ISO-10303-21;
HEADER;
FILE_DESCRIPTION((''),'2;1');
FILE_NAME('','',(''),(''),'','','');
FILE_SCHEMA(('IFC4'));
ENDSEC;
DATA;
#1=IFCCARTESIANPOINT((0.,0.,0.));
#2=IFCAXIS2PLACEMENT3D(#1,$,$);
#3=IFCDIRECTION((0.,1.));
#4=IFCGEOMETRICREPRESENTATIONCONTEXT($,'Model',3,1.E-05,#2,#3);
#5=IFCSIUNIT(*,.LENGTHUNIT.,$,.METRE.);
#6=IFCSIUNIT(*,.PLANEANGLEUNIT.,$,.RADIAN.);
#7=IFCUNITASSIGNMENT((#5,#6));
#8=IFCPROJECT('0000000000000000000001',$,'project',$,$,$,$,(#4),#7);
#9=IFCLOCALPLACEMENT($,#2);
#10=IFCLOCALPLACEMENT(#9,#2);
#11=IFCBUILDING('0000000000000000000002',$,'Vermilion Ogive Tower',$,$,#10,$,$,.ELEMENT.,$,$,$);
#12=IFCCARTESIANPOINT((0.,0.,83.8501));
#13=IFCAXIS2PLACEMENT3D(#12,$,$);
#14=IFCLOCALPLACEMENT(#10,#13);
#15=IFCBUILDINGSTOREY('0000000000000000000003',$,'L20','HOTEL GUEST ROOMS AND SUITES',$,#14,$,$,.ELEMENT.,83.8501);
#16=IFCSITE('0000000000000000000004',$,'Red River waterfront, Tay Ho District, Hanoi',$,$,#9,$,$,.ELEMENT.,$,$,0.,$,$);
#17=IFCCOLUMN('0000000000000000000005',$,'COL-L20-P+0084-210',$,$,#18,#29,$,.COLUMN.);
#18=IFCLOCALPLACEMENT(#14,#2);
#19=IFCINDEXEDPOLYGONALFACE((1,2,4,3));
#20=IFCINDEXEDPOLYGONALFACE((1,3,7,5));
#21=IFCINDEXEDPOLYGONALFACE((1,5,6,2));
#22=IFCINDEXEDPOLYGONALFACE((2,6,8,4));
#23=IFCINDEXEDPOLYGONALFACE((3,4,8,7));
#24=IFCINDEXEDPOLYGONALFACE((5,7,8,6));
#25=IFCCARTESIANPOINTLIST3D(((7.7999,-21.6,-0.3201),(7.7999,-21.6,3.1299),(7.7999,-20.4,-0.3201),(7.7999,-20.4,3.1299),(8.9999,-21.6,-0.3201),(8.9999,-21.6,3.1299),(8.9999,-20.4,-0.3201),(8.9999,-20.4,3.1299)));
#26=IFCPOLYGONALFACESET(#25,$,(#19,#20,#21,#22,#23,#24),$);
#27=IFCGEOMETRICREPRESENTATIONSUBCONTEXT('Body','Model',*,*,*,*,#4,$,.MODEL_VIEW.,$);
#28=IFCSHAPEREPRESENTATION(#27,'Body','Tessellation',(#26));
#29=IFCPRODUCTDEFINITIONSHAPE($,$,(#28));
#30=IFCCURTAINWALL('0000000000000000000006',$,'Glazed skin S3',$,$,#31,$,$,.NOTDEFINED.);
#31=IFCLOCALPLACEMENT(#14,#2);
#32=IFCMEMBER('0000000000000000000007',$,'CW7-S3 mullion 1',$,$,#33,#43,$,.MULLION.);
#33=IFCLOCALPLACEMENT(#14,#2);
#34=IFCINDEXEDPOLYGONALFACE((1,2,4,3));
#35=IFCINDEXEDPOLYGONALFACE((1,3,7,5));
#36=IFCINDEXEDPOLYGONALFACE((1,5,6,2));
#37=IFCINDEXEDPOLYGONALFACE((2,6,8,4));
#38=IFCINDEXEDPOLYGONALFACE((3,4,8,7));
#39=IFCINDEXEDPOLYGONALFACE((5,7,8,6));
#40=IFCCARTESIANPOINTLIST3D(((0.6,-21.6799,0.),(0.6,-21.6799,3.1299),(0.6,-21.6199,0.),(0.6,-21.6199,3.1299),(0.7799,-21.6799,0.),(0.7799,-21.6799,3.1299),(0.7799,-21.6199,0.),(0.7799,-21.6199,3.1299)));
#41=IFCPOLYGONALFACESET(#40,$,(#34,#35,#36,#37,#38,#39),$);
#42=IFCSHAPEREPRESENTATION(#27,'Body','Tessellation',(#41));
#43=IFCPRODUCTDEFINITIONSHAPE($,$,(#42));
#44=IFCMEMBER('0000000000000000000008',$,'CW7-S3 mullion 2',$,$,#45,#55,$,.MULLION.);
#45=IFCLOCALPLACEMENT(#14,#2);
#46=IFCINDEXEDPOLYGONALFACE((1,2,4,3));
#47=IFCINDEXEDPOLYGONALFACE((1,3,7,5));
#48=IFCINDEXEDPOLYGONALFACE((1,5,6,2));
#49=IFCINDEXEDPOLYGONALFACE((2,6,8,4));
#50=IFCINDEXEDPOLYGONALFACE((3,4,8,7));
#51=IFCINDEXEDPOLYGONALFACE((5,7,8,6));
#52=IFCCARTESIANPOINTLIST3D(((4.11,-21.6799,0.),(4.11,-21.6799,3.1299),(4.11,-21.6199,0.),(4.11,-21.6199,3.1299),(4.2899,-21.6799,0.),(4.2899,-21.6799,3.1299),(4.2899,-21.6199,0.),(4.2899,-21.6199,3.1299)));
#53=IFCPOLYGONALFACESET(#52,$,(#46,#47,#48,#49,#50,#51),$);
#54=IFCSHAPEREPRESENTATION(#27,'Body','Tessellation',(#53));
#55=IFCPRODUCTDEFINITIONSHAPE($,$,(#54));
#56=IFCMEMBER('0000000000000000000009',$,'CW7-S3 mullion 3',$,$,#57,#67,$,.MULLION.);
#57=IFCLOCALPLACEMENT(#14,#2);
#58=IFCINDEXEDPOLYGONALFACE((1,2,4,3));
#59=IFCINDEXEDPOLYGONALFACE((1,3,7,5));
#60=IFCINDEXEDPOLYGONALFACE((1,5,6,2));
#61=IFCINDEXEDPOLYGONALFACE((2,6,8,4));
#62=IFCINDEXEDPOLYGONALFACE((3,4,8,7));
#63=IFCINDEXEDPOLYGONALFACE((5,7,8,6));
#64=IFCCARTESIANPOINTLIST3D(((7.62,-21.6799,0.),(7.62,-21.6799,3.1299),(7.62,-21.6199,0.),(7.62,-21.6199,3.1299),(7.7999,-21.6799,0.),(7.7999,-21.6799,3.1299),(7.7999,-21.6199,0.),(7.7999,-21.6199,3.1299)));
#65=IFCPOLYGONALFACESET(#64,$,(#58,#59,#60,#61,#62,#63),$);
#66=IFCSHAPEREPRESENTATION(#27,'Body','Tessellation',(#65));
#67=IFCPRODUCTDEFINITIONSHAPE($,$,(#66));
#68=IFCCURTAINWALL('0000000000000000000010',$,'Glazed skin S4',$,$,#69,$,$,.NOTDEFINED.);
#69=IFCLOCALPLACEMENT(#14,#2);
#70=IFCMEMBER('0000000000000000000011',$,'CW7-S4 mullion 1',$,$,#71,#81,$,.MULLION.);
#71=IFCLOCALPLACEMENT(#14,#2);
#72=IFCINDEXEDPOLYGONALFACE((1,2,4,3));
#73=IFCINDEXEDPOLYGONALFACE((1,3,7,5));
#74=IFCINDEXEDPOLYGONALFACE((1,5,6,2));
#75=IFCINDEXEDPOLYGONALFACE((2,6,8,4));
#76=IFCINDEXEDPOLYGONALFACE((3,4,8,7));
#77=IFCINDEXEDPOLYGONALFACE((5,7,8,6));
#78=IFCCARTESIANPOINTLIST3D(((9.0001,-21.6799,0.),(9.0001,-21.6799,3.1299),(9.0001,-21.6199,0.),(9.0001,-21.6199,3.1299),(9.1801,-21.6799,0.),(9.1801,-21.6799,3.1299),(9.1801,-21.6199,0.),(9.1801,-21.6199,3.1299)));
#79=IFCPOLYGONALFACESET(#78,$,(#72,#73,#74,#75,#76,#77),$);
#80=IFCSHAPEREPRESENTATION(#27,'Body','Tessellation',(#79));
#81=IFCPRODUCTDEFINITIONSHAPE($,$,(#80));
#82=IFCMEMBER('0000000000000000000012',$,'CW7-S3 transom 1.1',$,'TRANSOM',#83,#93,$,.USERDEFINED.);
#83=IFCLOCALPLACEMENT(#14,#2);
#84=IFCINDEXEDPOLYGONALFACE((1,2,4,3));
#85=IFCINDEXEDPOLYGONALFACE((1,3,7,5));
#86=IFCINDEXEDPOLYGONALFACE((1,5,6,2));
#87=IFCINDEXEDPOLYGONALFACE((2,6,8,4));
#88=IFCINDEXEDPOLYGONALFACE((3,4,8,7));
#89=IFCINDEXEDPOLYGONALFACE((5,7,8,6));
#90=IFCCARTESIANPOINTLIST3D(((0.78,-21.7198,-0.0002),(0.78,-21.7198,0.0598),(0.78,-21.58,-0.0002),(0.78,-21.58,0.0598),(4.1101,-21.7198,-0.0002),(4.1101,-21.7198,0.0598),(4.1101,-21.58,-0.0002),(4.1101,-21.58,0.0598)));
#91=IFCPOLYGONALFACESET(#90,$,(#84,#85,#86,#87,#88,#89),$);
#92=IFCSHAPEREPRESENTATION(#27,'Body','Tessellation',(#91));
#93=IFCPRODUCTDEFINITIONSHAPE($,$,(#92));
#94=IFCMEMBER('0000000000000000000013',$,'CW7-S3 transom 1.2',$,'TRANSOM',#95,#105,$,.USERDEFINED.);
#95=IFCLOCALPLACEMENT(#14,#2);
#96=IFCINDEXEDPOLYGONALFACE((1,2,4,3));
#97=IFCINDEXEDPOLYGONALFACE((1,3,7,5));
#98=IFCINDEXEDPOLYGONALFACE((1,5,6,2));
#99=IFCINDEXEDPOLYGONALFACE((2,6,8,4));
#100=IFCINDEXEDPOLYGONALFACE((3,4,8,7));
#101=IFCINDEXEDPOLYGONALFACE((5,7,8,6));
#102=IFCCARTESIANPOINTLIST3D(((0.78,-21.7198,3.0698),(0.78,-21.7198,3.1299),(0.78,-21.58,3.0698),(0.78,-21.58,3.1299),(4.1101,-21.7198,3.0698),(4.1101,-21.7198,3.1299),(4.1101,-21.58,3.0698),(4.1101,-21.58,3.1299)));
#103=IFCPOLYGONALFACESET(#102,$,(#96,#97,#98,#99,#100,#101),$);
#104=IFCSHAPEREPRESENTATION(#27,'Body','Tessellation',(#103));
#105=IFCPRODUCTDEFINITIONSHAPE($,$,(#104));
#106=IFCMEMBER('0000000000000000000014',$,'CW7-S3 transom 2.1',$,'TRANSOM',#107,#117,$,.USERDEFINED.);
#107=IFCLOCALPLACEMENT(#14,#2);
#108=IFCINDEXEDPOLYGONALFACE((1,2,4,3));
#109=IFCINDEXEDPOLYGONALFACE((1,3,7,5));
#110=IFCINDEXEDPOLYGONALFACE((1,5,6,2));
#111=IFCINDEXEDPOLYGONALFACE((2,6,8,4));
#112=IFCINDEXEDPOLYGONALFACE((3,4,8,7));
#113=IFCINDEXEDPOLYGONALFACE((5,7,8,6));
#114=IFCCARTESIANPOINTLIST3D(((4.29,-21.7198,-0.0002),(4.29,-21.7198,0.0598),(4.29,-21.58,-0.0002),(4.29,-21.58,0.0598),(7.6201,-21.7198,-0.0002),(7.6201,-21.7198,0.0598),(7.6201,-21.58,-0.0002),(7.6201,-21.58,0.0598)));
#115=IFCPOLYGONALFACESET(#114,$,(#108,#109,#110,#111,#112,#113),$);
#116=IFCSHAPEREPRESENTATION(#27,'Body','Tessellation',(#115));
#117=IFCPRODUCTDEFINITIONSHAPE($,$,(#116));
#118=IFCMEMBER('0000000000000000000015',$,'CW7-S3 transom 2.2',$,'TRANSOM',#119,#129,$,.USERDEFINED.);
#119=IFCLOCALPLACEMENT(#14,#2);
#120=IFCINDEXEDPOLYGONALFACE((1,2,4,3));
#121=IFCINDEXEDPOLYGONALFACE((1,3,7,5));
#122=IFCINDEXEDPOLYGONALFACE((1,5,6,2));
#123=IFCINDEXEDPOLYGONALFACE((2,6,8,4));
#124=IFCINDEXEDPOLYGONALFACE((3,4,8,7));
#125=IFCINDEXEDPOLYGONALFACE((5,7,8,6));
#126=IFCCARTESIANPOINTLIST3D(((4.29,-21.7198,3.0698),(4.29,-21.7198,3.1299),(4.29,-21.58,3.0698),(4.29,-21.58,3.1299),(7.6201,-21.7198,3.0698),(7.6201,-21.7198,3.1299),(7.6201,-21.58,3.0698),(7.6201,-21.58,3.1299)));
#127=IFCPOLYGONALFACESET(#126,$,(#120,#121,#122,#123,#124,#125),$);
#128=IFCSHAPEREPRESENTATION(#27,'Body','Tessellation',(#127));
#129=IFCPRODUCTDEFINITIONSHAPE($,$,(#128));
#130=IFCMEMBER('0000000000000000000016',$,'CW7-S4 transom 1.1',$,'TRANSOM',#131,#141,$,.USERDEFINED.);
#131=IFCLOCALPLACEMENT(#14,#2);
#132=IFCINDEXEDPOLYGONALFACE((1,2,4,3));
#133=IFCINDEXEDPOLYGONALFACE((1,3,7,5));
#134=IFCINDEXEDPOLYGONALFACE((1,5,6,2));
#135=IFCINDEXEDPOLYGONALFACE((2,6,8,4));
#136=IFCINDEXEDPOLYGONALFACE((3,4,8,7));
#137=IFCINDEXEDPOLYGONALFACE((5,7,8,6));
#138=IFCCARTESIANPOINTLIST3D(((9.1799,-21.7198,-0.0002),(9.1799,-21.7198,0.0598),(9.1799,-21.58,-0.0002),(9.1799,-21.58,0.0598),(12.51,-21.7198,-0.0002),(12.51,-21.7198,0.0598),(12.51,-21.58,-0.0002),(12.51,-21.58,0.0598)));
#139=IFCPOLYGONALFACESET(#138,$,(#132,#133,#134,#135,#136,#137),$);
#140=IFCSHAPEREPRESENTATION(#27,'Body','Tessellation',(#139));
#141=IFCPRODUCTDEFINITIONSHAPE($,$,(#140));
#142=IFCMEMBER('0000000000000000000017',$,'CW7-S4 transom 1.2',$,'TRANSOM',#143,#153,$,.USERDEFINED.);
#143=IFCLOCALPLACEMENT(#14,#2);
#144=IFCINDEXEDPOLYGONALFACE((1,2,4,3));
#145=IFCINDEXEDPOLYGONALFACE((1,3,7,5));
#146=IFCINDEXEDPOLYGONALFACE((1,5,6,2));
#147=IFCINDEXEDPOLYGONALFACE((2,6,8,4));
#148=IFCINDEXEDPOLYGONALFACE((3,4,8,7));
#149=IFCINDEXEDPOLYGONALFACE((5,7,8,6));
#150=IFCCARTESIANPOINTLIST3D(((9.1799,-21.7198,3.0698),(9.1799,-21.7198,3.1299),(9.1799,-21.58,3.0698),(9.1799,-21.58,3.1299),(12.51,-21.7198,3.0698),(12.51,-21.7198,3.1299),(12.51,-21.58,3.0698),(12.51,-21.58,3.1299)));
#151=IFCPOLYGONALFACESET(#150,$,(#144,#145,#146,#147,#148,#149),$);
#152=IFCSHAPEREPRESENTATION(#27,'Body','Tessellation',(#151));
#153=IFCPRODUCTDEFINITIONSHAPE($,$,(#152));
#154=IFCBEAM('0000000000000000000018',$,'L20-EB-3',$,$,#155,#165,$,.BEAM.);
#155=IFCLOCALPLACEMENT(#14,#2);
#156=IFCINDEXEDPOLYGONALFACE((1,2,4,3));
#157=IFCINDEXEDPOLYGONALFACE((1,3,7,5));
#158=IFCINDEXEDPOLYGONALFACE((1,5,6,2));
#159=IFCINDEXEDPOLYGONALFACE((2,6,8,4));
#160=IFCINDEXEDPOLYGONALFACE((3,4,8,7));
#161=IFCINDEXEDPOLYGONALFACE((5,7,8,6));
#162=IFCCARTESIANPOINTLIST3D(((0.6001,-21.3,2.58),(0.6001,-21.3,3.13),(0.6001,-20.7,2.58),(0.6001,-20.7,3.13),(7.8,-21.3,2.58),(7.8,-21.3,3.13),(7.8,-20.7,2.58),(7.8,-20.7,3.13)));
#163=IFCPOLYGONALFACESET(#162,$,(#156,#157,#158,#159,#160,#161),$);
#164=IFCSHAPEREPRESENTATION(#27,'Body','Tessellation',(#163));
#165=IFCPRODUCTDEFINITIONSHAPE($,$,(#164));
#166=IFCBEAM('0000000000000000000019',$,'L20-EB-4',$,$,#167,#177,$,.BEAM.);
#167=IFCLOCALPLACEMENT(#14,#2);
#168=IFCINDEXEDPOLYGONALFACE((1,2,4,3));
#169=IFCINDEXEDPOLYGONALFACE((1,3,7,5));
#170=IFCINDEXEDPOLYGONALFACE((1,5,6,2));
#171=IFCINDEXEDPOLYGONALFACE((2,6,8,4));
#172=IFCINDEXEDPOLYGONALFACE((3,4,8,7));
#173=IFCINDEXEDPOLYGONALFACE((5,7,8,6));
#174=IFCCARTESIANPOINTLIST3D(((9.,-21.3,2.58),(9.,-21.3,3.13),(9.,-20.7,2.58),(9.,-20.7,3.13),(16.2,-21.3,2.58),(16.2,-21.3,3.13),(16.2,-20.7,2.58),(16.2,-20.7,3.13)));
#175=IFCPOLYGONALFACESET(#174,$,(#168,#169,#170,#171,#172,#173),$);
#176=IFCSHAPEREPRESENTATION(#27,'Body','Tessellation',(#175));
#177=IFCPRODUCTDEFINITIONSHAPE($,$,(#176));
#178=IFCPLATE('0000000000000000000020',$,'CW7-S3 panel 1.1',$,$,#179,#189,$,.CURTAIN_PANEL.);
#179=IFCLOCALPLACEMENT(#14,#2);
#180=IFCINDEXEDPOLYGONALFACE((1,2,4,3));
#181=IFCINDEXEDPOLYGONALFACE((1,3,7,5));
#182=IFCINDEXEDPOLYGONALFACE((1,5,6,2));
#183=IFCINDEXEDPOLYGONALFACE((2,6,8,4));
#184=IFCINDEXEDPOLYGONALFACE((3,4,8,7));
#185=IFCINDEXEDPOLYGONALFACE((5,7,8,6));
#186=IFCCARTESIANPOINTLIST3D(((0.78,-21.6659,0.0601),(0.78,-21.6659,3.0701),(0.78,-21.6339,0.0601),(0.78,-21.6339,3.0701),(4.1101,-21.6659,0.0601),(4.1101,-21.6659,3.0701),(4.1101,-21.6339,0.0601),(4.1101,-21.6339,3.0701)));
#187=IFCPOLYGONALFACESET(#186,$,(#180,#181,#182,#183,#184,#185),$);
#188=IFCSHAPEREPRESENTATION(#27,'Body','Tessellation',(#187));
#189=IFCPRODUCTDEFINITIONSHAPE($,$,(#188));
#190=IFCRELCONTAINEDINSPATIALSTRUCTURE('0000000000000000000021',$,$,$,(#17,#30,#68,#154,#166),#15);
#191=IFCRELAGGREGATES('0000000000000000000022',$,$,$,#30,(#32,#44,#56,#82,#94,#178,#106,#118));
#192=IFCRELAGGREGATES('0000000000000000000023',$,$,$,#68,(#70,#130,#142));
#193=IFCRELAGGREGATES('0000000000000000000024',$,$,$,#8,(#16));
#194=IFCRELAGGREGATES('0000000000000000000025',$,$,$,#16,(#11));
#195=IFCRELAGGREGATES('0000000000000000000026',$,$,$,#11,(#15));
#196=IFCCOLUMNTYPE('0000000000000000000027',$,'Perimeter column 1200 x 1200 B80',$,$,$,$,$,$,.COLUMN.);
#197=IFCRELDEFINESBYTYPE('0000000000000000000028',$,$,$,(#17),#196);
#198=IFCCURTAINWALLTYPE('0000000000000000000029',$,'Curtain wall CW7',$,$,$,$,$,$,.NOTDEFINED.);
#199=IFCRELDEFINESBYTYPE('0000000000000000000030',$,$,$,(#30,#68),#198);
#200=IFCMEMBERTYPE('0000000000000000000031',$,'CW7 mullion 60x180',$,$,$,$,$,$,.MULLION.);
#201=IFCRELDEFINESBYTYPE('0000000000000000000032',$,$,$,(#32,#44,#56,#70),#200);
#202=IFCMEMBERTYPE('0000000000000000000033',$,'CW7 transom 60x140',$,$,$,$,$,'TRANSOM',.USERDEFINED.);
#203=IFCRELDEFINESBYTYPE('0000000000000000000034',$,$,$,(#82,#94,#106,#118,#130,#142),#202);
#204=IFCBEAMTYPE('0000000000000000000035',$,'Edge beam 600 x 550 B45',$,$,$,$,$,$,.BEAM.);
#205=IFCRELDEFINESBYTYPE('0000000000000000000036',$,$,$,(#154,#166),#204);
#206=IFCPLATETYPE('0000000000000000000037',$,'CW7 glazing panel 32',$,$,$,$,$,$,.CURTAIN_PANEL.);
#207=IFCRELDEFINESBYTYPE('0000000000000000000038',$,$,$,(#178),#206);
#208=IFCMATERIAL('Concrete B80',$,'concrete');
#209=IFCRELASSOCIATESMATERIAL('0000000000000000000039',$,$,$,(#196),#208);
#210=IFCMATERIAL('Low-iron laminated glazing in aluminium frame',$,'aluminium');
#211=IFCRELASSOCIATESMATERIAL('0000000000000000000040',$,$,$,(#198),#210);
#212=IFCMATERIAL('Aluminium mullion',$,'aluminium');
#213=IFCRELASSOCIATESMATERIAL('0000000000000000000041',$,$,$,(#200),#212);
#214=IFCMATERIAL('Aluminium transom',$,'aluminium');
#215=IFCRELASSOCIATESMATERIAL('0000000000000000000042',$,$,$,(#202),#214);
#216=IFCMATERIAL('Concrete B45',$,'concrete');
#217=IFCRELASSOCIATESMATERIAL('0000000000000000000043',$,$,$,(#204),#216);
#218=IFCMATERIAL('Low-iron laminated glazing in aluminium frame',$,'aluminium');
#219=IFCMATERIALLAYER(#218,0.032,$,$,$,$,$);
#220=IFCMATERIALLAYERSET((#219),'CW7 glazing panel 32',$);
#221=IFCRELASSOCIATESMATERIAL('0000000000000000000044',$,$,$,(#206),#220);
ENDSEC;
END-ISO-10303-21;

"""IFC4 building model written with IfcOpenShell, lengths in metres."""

from ifc_helpers import new_model, si_unit, direction, frame, origin, origin_2d, place, context, subcontext, project, spatial, rectangle, extrude, material, layer, layer_set, material_profile, profile_set, type_object, element, aggregate, save


model = new_model("IFC4")

# Units and contexts
model_context = context("Model", 3, precision=1e-05, world=origin(), true_north=direction((0.0, 1.0)))
body_context = subcontext(model_context, "Body", "Model", "MODEL_VIEW")
ifc_project = project(units=[si_unit("LENGTHUNIT", "METRE"), si_unit("PLANEANGLEUNIT", "RADIAN")], contexts=[model_context])

# Site, building, storey
site_placement = place(None, origin())
site = spatial("IfcSite", under=ifc_project, at=site_placement, Name="Red River waterfront, Tay Ho District, Hanoi", CompositionType="ELEMENT", RefElevation=0.0)
building_placement = place(site_placement, origin())
building = spatial("IfcBuilding", under=site, at=building_placement, Name="Vermilion Ogive Tower", CompositionType="ELEMENT")
storey_placement = place(building_placement, frame((0.0, 0.0, 83.8501)))
storey = spatial("IfcBuildingStorey", under=building, at=storey_placement, Name="L20", Description="HOTEL GUEST ROOMS AND SUITES", CompositionType="ELEMENT", Elevation=83.8501)

# Column
ifc_material_1 = material(Name="Concrete B80", Category="concrete")
ifc_material_profile_1 = material_profile(ifc_material_1, rectangle(XDim=1.2, YDim=1.2, at=origin_2d()), Name="1200 x 1200")
ifc_profile_set_1 = profile_set([ifc_material_profile_1], Name="Concrete B80")
column_type = type_object("IfcColumnType", Name="Perimeter column 1200 x 1200 B80", PredefinedType="COLUMN", material=ifc_profile_set_1)
column_placement = place(storey_placement, frame((8.3999, -21.0, -0.3201), z_axis=(0.0, 0.0, 1.0), x_axis=(1.0, 0.0, 0.0)))
element("IfcColumn", 1, at=column_placement, inside=storey, type_object=column_type, Name="COL-L20-P+0084-210", PredefinedType="COLUMN", context=body_context, shape_type="SweptSolid", body=[
    extrude(rectangle(XDim=1.2, YDim=1.2, at=origin_2d()), origin(), (0.0, 0.0, 1.0), 3.45),
])

# Curtain wall, members
ifc_material_2 = material(Name="Low-iron laminated glazing in aluminium frame", Category="aluminium")
curtain_wall_type = type_object("IfcCurtainWallType", Name="Curtain wall CW7", PredefinedType="NOTDEFINED", material=ifc_material_2)
curtain_wall_1_placement = place(storey_placement, origin())
curtain_wall_1 = element("IfcCurtainWall", 2, at=curtain_wall_1_placement, inside=storey, type_object=curtain_wall_type, Name="Glazed skin S3", PredefinedType="NOTDEFINED")
ifc_material_3 = material(Name="Aluminium mullion", Category="aluminium")
ifc_material_profile_2 = material_profile(ifc_material_3, rectangle(XDim=0.0601, YDim=0.1799, at=origin_2d()), Name="AL 60x180")
ifc_profile_set_2 = profile_set([ifc_material_profile_2], Name="Aluminium mullion")
member_type_1 = type_object("IfcMemberType", Name="CW7 mullion 60x180", PredefinedType="MULLION", material=ifc_profile_set_2)
member_1_placement = place(storey_placement, frame((0.6899, -21.6499, 0.0), z_axis=(0.0, 0.0, 1.0), x_axis=(0.0, 1.0, 0.0)))
member_1 = element("IfcMember", 3, at=member_1_placement, type_object=member_type_1, Name="CW7-S3 mullion 1", PredefinedType="MULLION", context=body_context, shape_type="SweptSolid", body=[
    extrude(rectangle(XDim=0.0601, YDim=0.1799, at=origin_2d()), origin(), (0.0, 0.0, 1.0), 3.1299),
])
member_2_placement = place(storey_placement, frame((4.2, -21.6499, 0.0), z_axis=(0.0, 0.0, 1.0), x_axis=(0.0, 1.0, 0.0)))
member_2 = element("IfcMember", 4, at=member_2_placement, type_object=member_type_1, Name="CW7-S3 mullion 2", PredefinedType="MULLION", context=body_context, shape_type="SweptSolid", body=[
    extrude(rectangle(XDim=0.0601, YDim=0.1799, at=origin_2d()), origin(), (0.0, 0.0, 1.0), 3.1299),
])
member_3_placement = place(storey_placement, frame((7.71, -21.6499, 0.0), z_axis=(0.0, 0.0, 1.0), x_axis=(0.0, 1.0, 0.0)))
member_3 = element("IfcMember", 5, at=member_3_placement, type_object=member_type_1, Name="CW7-S3 mullion 3", PredefinedType="MULLION", context=body_context, shape_type="SweptSolid", body=[
    extrude(rectangle(XDim=0.0601, YDim=0.1799, at=origin_2d()), origin(), (0.0, 0.0, 1.0), 3.1299),
])

# Curtain wall, member
curtain_wall_2_placement = place(storey_placement, origin())
curtain_wall_2 = element("IfcCurtainWall", 6, at=curtain_wall_2_placement, inside=storey, type_object=curtain_wall_type, Name="Glazed skin S4", PredefinedType="NOTDEFINED")
member_4_placement = place(storey_placement, frame((9.0901, -21.6499, 0.0), z_axis=(0.0, 0.0, 1.0), x_axis=(0.0, 1.0, 0.0)))
member_4 = element("IfcMember", 7, at=member_4_placement, type_object=member_type_1, Name="CW7-S4 mullion 1", PredefinedType="MULLION", context=body_context, shape_type="SweptSolid", body=[
    extrude(rectangle(XDim=0.0601, YDim=0.1799, at=origin_2d()), origin(), (0.0, 0.0, 1.0), 3.1299),
])

# Members
ifc_material_4 = material(Name="Aluminium transom", Category="aluminium")
ifc_material_profile_3 = material_profile(ifc_material_4, rectangle(XDim=0.1399, YDim=0.0601, at=origin_2d()), Name="AL 60x140")
ifc_profile_set_3 = profile_set([ifc_material_profile_3], Name="Aluminium transom")
member_type_2 = type_object("IfcMemberType", Name="CW7 transom 60x140", ElementType="TRANSOM", PredefinedType="USERDEFINED", material=ifc_profile_set_3)
member_5_placement = place(storey_placement, frame((0.78, -21.6499, 0.0298), z_axis=(1.0, 0.0, 0.0), x_axis=(0.0, 1.0, 0.0)))
member_5 = element("IfcMember", 8, at=member_5_placement, type_object=member_type_2, Name="CW7-S3 transom 1.1", ObjectType="TRANSOM", PredefinedType="USERDEFINED", context=body_context, shape_type="SweptSolid", body=[
    extrude(rectangle(XDim=0.1399, YDim=0.0601, at=origin_2d()), origin(), (0.0, 0.0, 1.0), 3.3301),
])
member_6_placement = place(storey_placement, frame((0.78, -21.6499, 3.0999), z_axis=(1.0, 0.0, 0.0), x_axis=(0.0, 1.0, 0.0)))
member_6 = element("IfcMember", 9, at=member_6_placement, type_object=member_type_2, Name="CW7-S3 transom 1.2", ObjectType="TRANSOM", PredefinedType="USERDEFINED", context=body_context, shape_type="SweptSolid", body=[
    extrude(rectangle(XDim=0.1399, YDim=0.0601, at=origin_2d()), origin(), (0.0, 0.0, 1.0), 3.3301),
])
member_7_placement = place(storey_placement, frame((4.29, -21.6499, 0.0298), z_axis=(1.0, 0.0, 0.0), x_axis=(0.0, 1.0, 0.0)))
member_7 = element("IfcMember", 10, at=member_7_placement, type_object=member_type_2, Name="CW7-S3 transom 2.1", ObjectType="TRANSOM", PredefinedType="USERDEFINED", context=body_context, shape_type="SweptSolid", body=[
    extrude(rectangle(XDim=0.1399, YDim=0.0601, at=origin_2d()), origin(), (0.0, 0.0, 1.0), 3.3301),
])
member_8_placement = place(storey_placement, frame((4.29, -21.6499, 3.0999), z_axis=(1.0, 0.0, 0.0), x_axis=(0.0, 1.0, 0.0)))
member_8 = element("IfcMember", 11, at=member_8_placement, type_object=member_type_2, Name="CW7-S3 transom 2.2", ObjectType="TRANSOM", PredefinedType="USERDEFINED", context=body_context, shape_type="SweptSolid", body=[
    extrude(rectangle(XDim=0.1399, YDim=0.0601, at=origin_2d()), origin(), (0.0, 0.0, 1.0), 3.3301),
])
member_9_placement = place(storey_placement, frame((9.1799, -21.6499, 0.0298), z_axis=(1.0, 0.0, 0.0), x_axis=(0.0, 1.0, 0.0)))
member_9 = element("IfcMember", 12, at=member_9_placement, type_object=member_type_2, Name="CW7-S4 transom 1.1", ObjectType="TRANSOM", PredefinedType="USERDEFINED", context=body_context, shape_type="SweptSolid", body=[
    extrude(rectangle(XDim=0.1399, YDim=0.0601, at=origin_2d()), origin(), (0.0, 0.0, 1.0), 3.3301),
])
member_10_placement = place(storey_placement, frame((9.1799, -21.6499, 3.0999), z_axis=(1.0, 0.0, 0.0), x_axis=(0.0, 1.0, 0.0)))
member_10 = element("IfcMember", 13, at=member_10_placement, type_object=member_type_2, Name="CW7-S4 transom 1.2", ObjectType="TRANSOM", PredefinedType="USERDEFINED", context=body_context, shape_type="SweptSolid", body=[
    extrude(rectangle(XDim=0.1399, YDim=0.0601, at=origin_2d()), origin(), (0.0, 0.0, 1.0), 3.3301),
])

# Beams
ifc_material_5 = material(Name="Concrete B45", Category="concrete")
ifc_material_profile_4 = material_profile(ifc_material_5, rectangle(XDim=0.6001, YDim=0.55, at=origin_2d()), Name="600 x 550")
ifc_profile_set_4 = profile_set([ifc_material_profile_4], Name="Concrete B45")
beam_type = type_object("IfcBeamType", Name="Edge beam 600 x 550 B45", PredefinedType="BEAM", material=ifc_profile_set_4)
for number, where, z_axis, x_axis, name in (
    (14, (0.6001, -21.0, 2.855), (1.0, 0.0, 0.0), (0.0, 1.0, 0.0), "L20-EB-3"),
    (15, (9.0, -21.0, 2.855), (1.0, 0.0, 0.0), (0.0, 1.0, 0.0), "L20-EB-4"),
):
    element("IfcBeam", number, at=place(storey_placement, frame(where, z_axis=z_axis, x_axis=x_axis)), inside=storey, type_object=beam_type, Name=name, PredefinedType="BEAM", context=body_context, shape_type="SweptSolid", body=[
        extrude(rectangle(XDim=0.6001, YDim=0.55, at=origin_2d()), origin(), (0.0, 0.0, 1.0), 7.2),
    ])

# Plate
ifc_material_6 = material(Name="Low-iron laminated glazing in aluminium frame", Category="aluminium")
ifc_layer_1 = layer(ifc_material_6, 0.032)
ifc_layer_set_1 = layer_set([ifc_layer_1], Name="CW7 glazing panel 32")
plate_type = type_object("IfcPlateType", Name="CW7 glazing panel 32", PredefinedType="CURTAIN_PANEL", material=ifc_layer_set_1)
plate_1_placement = place(storey_placement, frame((2.4451, -21.6499, 0.0601), z_axis=(0.0, 0.0, 1.0), x_axis=(1.0, 0.0, 0.0)))
plate_1 = element("IfcPlate", 16, at=plate_1_placement, type_object=plate_type, Name="CW7-S3 panel 1.1", PredefinedType="CURTAIN_PANEL", context=body_context, shape_type="SweptSolid", body=[
    extrude(rectangle(XDim=3.3301, YDim=0.032, at=origin_2d()), origin(), (0.0, 0.0, 1.0), 3.01),
])
aggregate(curtain_wall_1, [member_1, member_2, member_3, member_5, member_6, plate_1, member_7, member_8])
aggregate(curtain_wall_2, [member_4, member_9, member_10])

save(model, "model.ifc")
